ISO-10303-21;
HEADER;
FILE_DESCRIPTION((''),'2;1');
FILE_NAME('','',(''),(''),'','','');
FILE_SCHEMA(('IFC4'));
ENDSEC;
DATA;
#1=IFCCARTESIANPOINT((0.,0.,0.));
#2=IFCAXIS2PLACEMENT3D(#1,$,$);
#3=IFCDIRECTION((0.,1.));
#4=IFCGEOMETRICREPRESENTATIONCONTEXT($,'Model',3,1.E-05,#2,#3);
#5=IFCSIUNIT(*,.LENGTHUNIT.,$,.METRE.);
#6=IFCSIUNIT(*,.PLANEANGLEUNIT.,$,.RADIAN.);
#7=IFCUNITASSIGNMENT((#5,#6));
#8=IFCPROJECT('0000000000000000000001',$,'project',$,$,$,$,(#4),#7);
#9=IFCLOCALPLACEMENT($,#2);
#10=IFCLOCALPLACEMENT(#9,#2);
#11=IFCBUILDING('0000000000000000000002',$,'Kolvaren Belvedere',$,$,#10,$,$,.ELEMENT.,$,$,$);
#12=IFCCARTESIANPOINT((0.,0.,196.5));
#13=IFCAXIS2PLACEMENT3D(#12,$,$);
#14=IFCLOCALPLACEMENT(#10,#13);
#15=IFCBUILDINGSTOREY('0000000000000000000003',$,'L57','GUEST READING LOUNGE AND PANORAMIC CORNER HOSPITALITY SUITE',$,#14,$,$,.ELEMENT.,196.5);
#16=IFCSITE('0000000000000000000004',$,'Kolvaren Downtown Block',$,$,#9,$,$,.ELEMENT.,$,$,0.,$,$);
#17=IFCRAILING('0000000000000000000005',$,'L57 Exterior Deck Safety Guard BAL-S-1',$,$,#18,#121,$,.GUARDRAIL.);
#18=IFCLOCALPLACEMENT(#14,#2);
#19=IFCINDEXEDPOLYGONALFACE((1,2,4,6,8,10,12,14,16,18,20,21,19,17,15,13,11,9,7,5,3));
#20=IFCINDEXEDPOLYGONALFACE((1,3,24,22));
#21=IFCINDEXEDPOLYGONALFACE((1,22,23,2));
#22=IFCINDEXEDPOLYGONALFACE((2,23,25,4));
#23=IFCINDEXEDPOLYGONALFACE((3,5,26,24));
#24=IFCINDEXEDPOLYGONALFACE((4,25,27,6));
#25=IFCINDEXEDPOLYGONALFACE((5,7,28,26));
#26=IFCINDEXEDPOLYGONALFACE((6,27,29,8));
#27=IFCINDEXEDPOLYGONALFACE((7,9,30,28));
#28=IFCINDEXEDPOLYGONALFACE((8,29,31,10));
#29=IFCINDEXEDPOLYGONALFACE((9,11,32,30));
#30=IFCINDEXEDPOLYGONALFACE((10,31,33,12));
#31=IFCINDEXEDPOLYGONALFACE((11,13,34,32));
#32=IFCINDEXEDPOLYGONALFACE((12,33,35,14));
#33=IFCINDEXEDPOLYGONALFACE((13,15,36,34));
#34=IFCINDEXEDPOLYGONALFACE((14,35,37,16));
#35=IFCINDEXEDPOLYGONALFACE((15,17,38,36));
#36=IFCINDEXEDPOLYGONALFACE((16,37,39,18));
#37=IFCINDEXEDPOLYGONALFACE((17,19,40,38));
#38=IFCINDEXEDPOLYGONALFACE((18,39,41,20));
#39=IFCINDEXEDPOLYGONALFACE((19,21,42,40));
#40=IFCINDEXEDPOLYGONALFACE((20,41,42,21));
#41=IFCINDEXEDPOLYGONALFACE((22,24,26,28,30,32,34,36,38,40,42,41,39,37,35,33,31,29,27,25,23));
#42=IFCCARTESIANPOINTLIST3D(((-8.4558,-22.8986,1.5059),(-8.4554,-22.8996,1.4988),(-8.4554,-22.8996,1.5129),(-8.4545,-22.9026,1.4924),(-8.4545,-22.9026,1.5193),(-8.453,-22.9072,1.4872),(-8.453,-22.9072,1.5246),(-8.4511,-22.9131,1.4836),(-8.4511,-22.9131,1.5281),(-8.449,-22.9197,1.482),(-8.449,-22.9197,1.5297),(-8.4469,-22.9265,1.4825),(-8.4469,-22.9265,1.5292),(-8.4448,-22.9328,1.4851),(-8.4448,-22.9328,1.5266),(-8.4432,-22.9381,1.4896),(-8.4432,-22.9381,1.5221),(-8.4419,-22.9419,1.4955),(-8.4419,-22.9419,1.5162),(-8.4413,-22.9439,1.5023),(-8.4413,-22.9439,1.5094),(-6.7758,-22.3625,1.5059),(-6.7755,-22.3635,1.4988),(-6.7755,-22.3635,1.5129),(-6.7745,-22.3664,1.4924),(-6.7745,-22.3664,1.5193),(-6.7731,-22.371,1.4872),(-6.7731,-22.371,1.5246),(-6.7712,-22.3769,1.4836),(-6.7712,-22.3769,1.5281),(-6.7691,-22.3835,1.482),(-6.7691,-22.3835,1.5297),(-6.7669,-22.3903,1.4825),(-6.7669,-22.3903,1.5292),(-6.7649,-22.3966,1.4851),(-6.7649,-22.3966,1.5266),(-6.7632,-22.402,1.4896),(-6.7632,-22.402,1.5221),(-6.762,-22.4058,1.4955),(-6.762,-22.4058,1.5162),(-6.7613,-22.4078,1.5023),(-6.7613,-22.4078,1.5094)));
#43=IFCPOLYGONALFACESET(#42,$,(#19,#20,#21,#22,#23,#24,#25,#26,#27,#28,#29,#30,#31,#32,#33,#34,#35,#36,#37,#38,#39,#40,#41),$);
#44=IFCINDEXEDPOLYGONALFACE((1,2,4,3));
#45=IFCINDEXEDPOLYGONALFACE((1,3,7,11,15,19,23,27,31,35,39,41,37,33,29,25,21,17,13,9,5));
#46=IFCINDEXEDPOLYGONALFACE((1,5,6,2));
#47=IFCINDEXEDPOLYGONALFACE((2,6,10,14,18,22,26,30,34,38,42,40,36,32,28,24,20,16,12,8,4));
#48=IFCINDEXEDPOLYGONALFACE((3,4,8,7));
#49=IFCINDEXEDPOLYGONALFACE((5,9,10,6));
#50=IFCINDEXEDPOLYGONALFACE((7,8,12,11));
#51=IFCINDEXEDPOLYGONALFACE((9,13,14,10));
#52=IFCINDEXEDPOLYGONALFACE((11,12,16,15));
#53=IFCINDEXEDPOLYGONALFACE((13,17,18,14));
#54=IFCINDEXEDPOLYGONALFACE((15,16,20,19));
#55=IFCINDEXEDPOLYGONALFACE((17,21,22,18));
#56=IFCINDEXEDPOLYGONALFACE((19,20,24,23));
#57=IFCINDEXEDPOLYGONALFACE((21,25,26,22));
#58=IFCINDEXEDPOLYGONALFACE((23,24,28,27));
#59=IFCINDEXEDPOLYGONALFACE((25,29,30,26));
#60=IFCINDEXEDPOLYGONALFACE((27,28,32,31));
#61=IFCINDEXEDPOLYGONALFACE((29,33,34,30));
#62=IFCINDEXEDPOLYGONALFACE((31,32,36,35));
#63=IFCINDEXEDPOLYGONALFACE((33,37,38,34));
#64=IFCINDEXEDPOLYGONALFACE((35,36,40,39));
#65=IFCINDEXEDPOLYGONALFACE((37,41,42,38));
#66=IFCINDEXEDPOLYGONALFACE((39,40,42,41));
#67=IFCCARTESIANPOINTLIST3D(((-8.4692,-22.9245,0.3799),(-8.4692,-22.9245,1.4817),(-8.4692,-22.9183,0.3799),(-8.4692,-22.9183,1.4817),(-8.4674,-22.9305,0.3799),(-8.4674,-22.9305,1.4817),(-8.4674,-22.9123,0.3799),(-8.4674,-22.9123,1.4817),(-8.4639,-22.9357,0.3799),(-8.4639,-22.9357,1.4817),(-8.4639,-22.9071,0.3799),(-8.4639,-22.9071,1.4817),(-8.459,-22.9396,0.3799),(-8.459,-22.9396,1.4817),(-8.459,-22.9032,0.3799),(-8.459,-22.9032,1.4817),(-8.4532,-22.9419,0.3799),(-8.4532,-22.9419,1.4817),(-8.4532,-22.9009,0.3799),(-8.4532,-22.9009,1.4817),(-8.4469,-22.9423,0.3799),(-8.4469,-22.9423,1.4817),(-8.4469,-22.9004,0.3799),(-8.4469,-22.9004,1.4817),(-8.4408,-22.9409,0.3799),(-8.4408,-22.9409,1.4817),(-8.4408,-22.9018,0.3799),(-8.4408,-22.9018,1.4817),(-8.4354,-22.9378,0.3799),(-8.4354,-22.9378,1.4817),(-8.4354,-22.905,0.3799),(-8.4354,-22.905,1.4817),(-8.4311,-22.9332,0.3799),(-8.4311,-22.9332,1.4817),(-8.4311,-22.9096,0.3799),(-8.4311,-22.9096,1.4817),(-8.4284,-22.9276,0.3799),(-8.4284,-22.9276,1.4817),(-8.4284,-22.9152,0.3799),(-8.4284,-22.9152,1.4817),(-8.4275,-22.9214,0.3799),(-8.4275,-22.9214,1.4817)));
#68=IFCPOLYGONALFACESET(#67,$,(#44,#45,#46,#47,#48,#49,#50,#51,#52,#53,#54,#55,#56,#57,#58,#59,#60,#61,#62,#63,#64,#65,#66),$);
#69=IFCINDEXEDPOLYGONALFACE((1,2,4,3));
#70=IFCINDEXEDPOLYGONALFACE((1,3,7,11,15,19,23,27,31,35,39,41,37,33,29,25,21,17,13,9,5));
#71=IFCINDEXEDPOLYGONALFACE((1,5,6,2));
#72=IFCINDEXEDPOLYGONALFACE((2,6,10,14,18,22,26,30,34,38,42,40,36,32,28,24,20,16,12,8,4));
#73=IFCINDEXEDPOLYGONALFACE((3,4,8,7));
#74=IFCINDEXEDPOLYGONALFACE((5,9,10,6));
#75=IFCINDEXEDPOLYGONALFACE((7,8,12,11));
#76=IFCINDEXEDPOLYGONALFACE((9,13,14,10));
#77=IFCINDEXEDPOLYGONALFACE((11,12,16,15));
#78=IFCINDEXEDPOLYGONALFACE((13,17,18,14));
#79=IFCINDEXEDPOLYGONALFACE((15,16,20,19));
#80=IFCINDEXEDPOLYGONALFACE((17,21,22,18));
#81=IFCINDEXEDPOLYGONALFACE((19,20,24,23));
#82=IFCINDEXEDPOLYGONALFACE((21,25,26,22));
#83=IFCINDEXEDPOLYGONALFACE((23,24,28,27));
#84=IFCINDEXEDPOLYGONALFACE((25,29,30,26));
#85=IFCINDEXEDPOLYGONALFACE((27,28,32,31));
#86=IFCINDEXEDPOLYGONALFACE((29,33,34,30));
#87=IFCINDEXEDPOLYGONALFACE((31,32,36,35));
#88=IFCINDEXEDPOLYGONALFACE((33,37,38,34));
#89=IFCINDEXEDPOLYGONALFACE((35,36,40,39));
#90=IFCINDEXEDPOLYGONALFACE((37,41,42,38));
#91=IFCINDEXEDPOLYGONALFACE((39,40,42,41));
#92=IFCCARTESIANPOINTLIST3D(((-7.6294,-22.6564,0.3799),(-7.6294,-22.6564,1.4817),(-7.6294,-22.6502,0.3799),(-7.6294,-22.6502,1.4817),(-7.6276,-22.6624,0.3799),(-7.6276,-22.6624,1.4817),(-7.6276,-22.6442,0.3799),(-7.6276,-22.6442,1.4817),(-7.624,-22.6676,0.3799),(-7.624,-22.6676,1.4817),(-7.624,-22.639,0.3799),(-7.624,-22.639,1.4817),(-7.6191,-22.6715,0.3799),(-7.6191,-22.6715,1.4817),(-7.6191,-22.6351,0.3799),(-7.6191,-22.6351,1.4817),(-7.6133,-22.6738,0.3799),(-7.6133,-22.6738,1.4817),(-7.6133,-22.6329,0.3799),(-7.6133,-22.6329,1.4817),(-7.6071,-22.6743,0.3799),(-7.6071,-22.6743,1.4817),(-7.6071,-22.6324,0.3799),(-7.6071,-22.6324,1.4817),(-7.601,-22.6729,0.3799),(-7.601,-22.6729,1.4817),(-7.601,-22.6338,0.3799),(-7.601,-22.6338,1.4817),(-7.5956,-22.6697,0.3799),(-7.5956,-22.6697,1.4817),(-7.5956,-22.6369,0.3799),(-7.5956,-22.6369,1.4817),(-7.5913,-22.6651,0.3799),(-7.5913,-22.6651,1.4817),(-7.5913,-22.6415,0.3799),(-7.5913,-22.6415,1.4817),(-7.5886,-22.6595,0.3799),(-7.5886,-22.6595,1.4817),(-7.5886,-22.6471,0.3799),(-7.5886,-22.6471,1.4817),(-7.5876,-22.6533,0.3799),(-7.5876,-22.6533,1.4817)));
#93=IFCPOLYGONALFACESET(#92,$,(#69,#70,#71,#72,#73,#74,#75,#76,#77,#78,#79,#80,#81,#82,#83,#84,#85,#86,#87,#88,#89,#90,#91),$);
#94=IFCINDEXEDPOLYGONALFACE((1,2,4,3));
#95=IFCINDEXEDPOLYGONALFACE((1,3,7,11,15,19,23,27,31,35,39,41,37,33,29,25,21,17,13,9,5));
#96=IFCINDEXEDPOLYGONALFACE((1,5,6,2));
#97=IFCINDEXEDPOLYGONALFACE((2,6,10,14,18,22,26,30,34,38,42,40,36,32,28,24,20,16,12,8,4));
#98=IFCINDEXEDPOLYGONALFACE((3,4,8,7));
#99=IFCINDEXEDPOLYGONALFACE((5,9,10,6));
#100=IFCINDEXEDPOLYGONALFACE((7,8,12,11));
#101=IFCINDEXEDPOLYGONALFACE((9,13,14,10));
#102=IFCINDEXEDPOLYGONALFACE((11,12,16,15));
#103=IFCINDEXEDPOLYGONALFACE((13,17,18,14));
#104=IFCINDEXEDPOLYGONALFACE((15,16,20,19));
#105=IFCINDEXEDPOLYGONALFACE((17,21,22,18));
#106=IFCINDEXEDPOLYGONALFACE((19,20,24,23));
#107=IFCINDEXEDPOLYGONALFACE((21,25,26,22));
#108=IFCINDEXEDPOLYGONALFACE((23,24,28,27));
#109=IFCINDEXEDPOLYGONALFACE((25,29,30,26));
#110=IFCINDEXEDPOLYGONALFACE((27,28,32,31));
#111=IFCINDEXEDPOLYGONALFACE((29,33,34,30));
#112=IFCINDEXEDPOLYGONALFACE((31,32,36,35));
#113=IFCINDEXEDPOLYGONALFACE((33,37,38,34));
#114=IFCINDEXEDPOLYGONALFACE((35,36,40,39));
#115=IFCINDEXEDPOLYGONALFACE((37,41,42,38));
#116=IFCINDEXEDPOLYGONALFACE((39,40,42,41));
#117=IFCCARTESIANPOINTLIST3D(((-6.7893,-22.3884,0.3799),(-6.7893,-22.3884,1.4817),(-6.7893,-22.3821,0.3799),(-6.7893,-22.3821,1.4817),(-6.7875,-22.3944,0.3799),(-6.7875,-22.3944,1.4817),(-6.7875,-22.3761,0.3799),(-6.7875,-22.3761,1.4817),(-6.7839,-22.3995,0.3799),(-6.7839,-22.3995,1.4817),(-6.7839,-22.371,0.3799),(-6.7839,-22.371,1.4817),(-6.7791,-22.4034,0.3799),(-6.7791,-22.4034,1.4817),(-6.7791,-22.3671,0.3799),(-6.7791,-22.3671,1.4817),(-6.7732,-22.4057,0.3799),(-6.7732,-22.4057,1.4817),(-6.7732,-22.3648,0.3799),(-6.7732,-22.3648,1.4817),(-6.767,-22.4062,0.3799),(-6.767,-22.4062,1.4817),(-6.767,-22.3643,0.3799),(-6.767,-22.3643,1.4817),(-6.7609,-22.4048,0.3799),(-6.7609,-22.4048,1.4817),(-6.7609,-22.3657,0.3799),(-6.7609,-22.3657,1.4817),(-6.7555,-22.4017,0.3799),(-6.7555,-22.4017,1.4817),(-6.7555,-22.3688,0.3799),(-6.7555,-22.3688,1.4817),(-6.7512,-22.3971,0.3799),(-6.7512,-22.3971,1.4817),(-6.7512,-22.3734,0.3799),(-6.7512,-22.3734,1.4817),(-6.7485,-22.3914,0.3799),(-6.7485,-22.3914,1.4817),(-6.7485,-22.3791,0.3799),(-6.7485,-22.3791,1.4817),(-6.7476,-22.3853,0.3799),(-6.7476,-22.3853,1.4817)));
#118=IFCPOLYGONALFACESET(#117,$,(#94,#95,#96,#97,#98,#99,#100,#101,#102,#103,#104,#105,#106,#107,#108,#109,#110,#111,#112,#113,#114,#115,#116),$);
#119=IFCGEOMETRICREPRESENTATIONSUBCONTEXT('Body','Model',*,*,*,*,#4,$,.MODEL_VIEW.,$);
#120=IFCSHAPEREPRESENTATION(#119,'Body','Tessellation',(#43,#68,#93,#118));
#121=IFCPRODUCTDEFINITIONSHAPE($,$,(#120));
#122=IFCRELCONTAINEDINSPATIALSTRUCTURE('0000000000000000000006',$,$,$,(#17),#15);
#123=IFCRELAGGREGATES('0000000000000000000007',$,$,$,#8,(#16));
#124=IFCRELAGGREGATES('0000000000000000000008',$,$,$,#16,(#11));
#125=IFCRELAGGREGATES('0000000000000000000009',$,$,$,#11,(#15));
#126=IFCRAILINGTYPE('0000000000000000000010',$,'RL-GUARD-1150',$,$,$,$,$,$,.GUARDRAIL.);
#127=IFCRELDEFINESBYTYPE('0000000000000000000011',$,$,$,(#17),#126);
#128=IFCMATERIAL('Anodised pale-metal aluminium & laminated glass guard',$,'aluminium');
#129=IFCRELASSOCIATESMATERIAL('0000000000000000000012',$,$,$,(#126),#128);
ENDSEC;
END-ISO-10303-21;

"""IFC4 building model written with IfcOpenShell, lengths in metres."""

from ifc_helpers import new_model, si_unit, direction, frame, origin, origin_2d, place, context, subcontext, project, spatial, circle, extrude, material, type_object, element, save


model = new_model("IFC4")

# Units and contexts
model_context = context("Model", 3, precision=1e-05, world=origin(), true_north=direction((0.0, 1.0)))
body_context = subcontext(model_context, "Body", "Model", "MODEL_VIEW")
ifc_project = project(units=[si_unit("LENGTHUNIT", "METRE"), si_unit("PLANEANGLEUNIT", "RADIAN")], contexts=[model_context])

# Site, building, storey
site_placement = place(None, origin())
site = spatial("IfcSite", under=ifc_project, at=site_placement, Name="Kolvaren Downtown Block", CompositionType="ELEMENT", RefElevation=0.0)
building_placement = place(site_placement, origin())
building = spatial("IfcBuilding", under=site, at=building_placement, Name="Kolvaren Belvedere", CompositionType="ELEMENT")
storey_placement = place(building_placement, frame((0.0, 0.0, 196.5)))
storey = spatial("IfcBuildingStorey", under=building, at=storey_placement, Name="L57", Description="GUEST READING LOUNGE AND PANORAMIC CORNER HOSPITALITY SUITE", CompositionType="ELEMENT", Elevation=196.5)

# Railing
ifc_material_1 = material(Name="Anodised pale-metal aluminium & laminated glass guard", Category="aluminium")
railing_type = type_object("IfcRailingType", Name="RL-GUARD-1150", PredefinedType="GUARDRAIL", material=ifc_material_1)
railing_placement = place(storey_placement, frame((-8.4485, -22.9214, 0.3799)))
element("IfcRailing", 1, at=railing_placement, inside=storey, type_object=railing_type, Name="L57 Exterior Deck Safety Guard BAL-S-1", PredefinedType="GUARDRAIL", context=body_context, shape_type="SweptSolid", body=[
    extrude(circle(Radius=0.0239, at=origin_2d()), frame((0.0, 0.0, 1.126), z_axis=(0.952662, 0.304032, 0.0), x_axis=(-0.304032, 0.952662, 0.0)), (0.0, 0.0, 1.0), 1.7634),
    extrude(circle(Radius=0.021, at=origin_2d()), origin(), (0.0, 0.0, 1.0), 1.1018),
    extrude(circle(Radius=0.021, at=origin_2d()), frame((0.8398, 0.2681, 0.0)), (0.0, 0.0, 1.0), 1.1018),
    extrude(circle(Radius=0.021, at=origin_2d()), frame((1.6799, 0.5361, 0.0)), (0.0, 0.0, 1.0), 1.1018),
])

save(model, "model.ifc")
